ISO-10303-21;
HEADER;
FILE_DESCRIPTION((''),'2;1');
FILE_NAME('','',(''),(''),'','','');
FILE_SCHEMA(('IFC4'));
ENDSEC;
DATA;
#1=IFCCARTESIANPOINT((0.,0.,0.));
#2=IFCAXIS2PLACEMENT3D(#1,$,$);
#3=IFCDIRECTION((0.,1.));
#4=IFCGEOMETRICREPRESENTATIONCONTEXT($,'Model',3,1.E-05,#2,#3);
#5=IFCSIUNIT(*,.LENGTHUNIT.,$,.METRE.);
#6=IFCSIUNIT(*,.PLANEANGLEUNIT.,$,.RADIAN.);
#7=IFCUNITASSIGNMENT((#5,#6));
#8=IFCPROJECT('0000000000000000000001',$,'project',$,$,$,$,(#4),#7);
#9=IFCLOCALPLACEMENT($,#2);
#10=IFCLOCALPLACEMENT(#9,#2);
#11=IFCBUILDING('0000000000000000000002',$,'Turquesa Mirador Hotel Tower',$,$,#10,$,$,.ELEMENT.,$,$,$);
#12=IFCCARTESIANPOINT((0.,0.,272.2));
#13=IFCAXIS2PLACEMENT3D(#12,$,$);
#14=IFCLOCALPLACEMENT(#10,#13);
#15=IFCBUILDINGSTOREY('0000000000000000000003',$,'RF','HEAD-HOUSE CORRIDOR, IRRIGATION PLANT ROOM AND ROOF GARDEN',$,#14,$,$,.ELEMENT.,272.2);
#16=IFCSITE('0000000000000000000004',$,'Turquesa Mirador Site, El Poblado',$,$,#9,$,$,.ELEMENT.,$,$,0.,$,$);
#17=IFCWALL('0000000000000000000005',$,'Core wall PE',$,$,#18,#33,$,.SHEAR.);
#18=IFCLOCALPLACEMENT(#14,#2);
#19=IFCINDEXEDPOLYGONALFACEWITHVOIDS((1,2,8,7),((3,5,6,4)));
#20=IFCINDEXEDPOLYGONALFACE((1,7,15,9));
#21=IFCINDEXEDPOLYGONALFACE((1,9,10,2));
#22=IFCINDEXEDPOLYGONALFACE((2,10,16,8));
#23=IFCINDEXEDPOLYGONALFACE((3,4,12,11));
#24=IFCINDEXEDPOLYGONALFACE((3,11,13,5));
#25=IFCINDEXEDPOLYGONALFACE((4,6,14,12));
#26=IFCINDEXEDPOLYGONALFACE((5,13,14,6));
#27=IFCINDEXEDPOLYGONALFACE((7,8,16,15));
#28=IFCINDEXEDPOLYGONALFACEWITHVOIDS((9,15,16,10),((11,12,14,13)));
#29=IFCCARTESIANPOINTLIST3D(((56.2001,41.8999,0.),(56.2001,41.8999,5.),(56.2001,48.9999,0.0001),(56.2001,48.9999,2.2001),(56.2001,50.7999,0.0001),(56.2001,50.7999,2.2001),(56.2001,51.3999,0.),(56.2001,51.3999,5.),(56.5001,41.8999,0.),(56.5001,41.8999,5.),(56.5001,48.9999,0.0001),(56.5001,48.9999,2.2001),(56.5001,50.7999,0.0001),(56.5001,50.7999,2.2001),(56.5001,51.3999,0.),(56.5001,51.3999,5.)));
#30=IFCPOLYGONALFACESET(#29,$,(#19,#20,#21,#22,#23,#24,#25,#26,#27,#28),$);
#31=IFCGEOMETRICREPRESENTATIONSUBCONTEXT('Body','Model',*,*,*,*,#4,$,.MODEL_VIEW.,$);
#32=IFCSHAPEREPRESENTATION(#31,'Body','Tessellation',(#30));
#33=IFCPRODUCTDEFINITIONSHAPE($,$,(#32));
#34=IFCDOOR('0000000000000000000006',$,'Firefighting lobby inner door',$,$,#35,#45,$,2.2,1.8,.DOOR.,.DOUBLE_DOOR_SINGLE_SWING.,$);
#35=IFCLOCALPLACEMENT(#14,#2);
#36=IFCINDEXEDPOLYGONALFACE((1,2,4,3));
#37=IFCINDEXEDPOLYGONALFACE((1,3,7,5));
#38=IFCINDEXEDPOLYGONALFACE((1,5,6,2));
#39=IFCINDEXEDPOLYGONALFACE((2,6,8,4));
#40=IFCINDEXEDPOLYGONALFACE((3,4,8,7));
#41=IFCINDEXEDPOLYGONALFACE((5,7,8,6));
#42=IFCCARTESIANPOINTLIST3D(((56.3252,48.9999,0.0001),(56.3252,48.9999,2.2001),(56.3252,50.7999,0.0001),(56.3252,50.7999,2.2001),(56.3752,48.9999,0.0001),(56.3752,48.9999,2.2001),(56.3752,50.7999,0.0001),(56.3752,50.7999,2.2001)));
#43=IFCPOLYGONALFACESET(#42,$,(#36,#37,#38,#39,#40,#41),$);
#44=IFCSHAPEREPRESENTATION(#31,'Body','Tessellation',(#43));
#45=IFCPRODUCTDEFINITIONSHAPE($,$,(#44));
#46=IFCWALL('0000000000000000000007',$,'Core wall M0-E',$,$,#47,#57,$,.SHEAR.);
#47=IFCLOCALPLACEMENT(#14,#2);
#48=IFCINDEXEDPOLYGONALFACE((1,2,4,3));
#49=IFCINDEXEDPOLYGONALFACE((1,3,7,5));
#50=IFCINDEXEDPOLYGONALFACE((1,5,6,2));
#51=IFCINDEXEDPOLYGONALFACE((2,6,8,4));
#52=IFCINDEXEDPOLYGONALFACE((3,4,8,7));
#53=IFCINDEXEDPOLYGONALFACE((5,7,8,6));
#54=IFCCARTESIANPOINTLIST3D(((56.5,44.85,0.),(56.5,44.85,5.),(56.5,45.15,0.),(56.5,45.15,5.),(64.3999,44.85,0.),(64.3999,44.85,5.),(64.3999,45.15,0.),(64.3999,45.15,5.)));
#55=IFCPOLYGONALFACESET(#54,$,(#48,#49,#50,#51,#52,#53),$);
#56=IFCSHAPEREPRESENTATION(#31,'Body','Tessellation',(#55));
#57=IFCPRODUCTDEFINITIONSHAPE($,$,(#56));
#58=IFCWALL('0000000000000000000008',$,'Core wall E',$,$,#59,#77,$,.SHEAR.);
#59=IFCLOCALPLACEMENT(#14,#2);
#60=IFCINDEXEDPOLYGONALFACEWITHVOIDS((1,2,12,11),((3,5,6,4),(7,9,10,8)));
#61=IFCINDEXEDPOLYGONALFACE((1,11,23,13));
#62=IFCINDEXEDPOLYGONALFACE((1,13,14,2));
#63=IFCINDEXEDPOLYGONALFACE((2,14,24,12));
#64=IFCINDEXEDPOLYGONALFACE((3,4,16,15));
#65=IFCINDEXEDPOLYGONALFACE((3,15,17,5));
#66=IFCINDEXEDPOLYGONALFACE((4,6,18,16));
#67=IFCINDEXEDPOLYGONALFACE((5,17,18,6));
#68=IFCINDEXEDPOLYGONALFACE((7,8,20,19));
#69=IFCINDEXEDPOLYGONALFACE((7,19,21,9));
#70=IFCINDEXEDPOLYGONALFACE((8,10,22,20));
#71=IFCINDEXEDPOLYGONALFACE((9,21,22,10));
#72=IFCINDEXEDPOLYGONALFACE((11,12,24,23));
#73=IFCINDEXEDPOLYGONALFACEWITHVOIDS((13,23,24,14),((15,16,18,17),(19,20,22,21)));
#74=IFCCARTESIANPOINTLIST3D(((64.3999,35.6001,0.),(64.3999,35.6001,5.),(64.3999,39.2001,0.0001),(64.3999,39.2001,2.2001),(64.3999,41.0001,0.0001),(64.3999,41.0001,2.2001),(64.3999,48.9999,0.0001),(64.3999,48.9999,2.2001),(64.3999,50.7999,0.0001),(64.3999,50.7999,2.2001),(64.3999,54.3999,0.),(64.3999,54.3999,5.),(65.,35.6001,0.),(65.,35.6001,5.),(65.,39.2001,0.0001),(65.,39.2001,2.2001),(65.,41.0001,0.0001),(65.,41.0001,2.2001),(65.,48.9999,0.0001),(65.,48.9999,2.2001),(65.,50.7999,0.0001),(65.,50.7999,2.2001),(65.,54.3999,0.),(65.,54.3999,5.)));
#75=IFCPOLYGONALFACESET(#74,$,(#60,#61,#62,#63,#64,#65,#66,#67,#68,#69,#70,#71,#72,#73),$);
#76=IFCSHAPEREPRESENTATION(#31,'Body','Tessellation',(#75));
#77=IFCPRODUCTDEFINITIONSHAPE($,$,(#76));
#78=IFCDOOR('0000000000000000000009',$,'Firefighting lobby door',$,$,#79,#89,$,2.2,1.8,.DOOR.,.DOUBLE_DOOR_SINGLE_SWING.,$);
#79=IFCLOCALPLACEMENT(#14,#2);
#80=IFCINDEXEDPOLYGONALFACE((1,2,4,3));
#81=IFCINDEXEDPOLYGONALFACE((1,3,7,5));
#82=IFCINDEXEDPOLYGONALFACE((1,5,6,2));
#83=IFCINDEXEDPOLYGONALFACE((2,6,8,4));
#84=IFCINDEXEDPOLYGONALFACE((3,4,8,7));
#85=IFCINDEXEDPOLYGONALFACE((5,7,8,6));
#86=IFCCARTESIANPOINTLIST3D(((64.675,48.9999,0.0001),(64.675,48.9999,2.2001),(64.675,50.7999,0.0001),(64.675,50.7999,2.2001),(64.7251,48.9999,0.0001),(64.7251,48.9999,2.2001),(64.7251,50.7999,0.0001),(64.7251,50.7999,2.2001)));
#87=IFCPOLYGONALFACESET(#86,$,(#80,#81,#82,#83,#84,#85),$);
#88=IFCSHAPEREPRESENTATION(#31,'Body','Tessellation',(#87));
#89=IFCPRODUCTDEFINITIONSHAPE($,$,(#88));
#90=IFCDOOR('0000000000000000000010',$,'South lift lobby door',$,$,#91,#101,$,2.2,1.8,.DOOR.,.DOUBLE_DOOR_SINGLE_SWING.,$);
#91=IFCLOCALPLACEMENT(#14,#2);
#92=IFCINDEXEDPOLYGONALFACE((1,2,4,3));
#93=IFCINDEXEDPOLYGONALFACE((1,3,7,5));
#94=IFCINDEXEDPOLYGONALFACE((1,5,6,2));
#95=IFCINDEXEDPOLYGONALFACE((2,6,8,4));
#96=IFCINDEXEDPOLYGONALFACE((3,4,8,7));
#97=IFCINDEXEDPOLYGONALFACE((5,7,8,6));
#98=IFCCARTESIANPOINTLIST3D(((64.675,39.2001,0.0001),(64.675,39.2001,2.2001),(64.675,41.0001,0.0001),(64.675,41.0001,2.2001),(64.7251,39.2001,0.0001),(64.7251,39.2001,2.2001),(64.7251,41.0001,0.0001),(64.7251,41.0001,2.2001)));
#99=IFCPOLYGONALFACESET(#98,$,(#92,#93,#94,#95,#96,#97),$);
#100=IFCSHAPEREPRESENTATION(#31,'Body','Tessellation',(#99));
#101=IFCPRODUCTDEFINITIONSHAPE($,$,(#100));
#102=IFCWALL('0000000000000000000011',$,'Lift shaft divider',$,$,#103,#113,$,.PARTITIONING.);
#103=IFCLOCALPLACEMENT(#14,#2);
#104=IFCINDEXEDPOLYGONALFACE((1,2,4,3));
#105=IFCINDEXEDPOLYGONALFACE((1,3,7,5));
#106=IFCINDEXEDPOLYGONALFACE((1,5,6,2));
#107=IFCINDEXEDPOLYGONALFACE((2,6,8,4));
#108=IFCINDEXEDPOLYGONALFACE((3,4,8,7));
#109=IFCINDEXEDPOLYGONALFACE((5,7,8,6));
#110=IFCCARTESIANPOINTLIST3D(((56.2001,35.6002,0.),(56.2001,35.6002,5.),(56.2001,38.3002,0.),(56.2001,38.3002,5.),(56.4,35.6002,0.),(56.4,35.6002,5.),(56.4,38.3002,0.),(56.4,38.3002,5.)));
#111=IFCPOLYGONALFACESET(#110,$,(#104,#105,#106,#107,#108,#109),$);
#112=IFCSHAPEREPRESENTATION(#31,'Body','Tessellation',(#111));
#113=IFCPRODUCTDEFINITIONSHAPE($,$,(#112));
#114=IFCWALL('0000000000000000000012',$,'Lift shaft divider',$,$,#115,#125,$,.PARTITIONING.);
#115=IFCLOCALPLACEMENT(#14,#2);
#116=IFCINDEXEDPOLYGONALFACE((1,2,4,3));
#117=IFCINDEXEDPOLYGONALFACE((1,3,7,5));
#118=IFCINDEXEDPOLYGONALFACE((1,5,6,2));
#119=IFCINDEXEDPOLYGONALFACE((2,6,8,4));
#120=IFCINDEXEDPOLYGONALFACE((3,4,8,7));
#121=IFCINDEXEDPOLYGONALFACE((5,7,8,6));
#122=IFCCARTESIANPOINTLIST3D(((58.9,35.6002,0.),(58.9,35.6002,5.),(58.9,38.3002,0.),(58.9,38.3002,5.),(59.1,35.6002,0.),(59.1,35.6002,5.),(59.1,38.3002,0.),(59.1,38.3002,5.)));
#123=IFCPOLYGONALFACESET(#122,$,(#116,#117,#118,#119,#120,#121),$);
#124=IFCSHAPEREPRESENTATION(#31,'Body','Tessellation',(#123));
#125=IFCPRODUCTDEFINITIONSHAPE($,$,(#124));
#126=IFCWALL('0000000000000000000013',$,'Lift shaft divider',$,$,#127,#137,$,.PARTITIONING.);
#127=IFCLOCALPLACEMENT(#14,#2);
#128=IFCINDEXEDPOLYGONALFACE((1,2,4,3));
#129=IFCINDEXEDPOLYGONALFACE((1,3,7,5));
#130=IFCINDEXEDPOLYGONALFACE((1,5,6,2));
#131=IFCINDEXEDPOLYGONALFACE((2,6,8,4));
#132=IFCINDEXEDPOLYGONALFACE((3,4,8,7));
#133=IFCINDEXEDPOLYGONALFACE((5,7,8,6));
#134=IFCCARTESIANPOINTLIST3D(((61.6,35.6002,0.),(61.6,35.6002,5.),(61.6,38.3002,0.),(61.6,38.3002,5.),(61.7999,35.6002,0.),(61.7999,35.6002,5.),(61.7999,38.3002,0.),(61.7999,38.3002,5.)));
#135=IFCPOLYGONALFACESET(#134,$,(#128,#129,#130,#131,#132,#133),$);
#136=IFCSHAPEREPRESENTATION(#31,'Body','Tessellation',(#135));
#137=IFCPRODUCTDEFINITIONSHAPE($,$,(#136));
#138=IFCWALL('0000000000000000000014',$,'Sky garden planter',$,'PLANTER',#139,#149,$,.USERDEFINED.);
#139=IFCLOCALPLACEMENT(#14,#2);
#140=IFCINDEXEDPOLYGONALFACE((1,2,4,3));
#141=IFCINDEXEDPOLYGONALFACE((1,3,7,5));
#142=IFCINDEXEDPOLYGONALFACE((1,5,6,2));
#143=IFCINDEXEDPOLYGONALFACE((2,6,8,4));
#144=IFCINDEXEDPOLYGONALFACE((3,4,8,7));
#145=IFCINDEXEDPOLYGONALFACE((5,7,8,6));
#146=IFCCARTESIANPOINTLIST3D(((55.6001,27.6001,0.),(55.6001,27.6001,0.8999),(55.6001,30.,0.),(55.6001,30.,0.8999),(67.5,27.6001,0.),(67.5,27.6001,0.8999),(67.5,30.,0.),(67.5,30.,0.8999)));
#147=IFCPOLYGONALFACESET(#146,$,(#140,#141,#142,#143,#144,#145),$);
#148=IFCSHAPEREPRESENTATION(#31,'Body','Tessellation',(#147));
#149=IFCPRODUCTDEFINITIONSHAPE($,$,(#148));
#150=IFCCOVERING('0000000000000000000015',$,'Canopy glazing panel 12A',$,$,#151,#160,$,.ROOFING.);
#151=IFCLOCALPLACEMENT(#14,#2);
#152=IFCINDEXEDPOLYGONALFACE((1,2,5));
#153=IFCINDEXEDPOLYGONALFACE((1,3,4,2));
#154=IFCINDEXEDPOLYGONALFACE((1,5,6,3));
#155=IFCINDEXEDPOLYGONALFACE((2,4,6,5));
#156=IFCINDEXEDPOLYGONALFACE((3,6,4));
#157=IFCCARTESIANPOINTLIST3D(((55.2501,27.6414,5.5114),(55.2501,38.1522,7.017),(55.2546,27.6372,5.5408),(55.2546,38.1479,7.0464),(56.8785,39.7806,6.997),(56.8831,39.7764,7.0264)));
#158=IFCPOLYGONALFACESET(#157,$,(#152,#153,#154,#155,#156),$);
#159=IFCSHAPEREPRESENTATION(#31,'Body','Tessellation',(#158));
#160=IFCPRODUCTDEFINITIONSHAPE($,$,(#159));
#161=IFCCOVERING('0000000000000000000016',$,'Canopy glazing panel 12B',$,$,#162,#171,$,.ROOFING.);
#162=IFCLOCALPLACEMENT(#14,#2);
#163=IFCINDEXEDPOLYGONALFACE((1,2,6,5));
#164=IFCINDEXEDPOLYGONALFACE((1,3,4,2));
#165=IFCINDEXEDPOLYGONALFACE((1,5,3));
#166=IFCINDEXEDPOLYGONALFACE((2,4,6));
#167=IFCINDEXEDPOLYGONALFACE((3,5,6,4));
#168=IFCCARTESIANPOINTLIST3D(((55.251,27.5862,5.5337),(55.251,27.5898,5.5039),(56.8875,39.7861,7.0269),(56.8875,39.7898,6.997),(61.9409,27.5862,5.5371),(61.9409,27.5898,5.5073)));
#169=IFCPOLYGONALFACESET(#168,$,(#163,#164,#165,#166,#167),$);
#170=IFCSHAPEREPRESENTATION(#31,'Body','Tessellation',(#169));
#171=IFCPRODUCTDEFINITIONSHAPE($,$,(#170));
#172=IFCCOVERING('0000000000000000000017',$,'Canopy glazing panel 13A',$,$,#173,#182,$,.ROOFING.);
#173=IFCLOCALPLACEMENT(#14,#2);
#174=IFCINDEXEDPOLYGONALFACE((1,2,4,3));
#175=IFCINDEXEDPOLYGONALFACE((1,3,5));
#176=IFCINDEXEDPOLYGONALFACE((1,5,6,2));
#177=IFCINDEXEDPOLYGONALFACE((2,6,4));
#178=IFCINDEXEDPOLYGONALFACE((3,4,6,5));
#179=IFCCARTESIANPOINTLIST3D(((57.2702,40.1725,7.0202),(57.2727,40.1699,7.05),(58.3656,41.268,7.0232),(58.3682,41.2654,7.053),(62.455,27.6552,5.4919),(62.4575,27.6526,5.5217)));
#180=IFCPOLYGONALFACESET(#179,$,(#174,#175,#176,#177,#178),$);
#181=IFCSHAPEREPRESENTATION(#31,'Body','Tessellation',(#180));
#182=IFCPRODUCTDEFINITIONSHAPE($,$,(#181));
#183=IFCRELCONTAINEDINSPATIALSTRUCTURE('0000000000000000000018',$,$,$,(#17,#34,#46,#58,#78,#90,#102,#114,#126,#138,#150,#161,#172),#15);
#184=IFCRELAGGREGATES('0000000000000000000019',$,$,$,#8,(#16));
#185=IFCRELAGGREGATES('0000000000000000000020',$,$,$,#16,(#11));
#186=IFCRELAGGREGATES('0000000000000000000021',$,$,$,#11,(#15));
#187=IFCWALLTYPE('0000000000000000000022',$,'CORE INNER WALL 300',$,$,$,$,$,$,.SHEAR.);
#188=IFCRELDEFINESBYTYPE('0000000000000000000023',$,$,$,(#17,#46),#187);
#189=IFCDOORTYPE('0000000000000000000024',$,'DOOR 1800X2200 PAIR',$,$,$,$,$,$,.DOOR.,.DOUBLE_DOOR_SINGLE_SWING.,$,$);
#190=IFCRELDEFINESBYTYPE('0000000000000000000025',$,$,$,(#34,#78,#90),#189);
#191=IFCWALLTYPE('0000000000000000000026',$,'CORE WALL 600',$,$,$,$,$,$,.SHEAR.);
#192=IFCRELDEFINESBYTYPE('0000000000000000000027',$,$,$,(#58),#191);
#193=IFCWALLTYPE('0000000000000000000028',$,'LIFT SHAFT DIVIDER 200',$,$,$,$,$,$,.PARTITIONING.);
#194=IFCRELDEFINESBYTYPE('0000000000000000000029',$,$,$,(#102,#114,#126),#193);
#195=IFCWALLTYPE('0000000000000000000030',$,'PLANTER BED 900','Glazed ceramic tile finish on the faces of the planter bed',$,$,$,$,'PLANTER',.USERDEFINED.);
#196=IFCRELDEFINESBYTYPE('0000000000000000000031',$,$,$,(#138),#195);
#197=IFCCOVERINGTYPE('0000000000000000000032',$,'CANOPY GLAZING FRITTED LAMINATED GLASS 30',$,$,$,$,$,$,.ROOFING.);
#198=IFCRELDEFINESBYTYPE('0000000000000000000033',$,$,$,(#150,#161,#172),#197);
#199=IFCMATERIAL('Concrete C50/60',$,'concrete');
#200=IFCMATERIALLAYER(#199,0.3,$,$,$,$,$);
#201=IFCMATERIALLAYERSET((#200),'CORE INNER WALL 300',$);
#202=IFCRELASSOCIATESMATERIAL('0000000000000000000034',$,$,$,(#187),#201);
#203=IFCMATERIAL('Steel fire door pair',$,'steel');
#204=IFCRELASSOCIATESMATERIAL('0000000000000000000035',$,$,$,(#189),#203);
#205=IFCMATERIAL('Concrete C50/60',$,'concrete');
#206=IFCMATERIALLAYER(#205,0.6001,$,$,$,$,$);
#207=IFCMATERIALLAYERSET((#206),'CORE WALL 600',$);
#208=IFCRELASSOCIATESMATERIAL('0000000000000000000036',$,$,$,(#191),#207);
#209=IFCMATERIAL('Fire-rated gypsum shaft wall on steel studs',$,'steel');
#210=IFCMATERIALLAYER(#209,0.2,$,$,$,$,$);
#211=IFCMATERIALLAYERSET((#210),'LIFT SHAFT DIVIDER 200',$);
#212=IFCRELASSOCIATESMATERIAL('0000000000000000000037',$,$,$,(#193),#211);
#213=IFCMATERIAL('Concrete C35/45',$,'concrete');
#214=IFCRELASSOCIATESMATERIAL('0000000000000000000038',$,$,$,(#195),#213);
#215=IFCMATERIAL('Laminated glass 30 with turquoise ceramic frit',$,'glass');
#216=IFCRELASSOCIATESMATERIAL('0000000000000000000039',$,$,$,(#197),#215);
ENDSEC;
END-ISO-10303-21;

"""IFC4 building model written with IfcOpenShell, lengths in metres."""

from ifc_helpers import new_model, si_unit, direction, frame, frame_2d, origin, origin_2d, place, context, subcontext, project, spatial, polyline, rectangle, outline, extrude, material, layer, layer_set, type_object, element, fill, save


model = new_model("IFC4")

# Units and contexts
model_context = context("Model", 3, precision=1e-05, world=origin(), true_north=direction((0.0, 1.0)))
body_context = subcontext(model_context, "Body", "Model", "MODEL_VIEW")
ifc_project = project(units=[si_unit("LENGTHUNIT", "METRE"), si_unit("PLANEANGLEUNIT", "RADIAN")], contexts=[model_context])

# Site, building, storey
site_placement = place(None, origin())
site = spatial("IfcSite", under=ifc_project, at=site_placement, Name="Turquesa Mirador Site, El Poblado", CompositionType="ELEMENT", RefElevation=0.0)
building_placement = place(site_placement, origin())
building = spatial("IfcBuilding", under=site, at=building_placement, Name="Turquesa Mirador Hotel Tower", CompositionType="ELEMENT")
storey_placement = place(building_placement, frame((0.0, 0.0, 272.2)))
storey = spatial("IfcBuildingStorey", under=building, at=storey_placement, Name="RF", Description="HEAD-HOUSE CORRIDOR, IRRIGATION PLANT ROOM AND ROOF GARDEN", CompositionType="ELEMENT", Elevation=272.2)

# Wall, opening, door
ifc_material_1 = material(Name="Concrete C50/60", Category="concrete")
ifc_layer_1 = layer(ifc_material_1, 0.3)
ifc_layer_set_1 = layer_set([ifc_layer_1], Name="CORE INNER WALL 300")
wall_type_1 = type_object("IfcWallType", Name="CORE INNER WALL 300", PredefinedType="SHEAR", material=ifc_layer_set_1)
wall_1_placement = place(storey_placement, frame((56.3501, 41.8999, 0.0), z_axis=(0.0, 0.0, 1.0), x_axis=(0.0, 1.0, 0.0)))
wall_1 = element("IfcWall", 1, at=wall_1_placement, inside=storey, type_object=wall_type_1, Name="Core wall PE", PredefinedType="SHEAR", context=body_context, shape_type="SweptSolid", body=[
    extrude(rectangle(XDim=9.5, YDim=0.3, at=frame_2d((4.75, 0.0))), origin(), (0.0, 0.0, 1.0), 5.0),
])
opening_1_placement = place(wall_1_placement, frame((7.1001, 0.0, 0.0)))
opening_1 = element("IfcOpeningElement", 2, at=opening_1_placement, cuts=wall_1, PredefinedType="OPENING", context=body_context, shape_type="SweptSolid", body=[
    extrude(rectangle(XDim=1.8, YDim=2.2, at=frame_2d((0.8999, 1.1001))), frame((0.0, 0.1599, 0.0), z_axis=(0.0, -1.0, 0.0), x_axis=(1.0, 0.0, 0.0)), (0.0, 0.0, 1.0), 0.3201),
])
ifc_material_2 = material(Name="Steel fire door pair", Category="steel")
door_type_1 = type_object("IfcDoorType", Name="DOOR 1800X2200 PAIR", OperationType="DOUBLE_DOOR_SINGLE_SWING", PredefinedType="DOOR", material=ifc_material_2)
door_1_placement = place(opening_1_placement, origin())
door_1 = element("IfcDoor", 3, at=door_1_placement, inside=storey, type_object=door_type_1, Name="Firefighting lobby inner door", OperationType="DOUBLE_DOOR_SINGLE_SWING", OverallHeight=2.2, OverallWidth=1.8, PredefinedType="DOOR", context=body_context, shape_type="SweptSolid", body=[
    extrude(rectangle(XDim=1.8, YDim=2.2, at=frame_2d((0.8999, 1.1001))), frame((0.0, 0.0249, 0.0), z_axis=(0.0, -1.0, 0.0), x_axis=(1.0, 0.0, 0.0)), (0.0, 0.0, 1.0), 0.05),
])
fill(opening_1, door_1)

# Wall
wall_2_placement = place(storey_placement, frame((56.5, 45.0, 0.0), z_axis=(0.0, 0.0, 1.0), x_axis=(1.0, 0.0, 0.0)))
element("IfcWall", 4, at=wall_2_placement, inside=storey, type_object=wall_type_1, Name="Core wall M0-E", PredefinedType="SHEAR", context=body_context, shape_type="SweptSolid", body=[
    extrude(rectangle(XDim=7.8999, YDim=0.3, at=frame_2d((3.95, 0.0))), origin(), (0.0, 0.0, 1.0), 5.0),
])

# Wall, openings, doors
ifc_material_3 = material(Name="Concrete C50/60", Category="concrete")
ifc_layer_2 = layer(ifc_material_3, 0.6001)
ifc_layer_set_2 = layer_set([ifc_layer_2], Name="CORE WALL 600")
wall_type_2 = type_object("IfcWallType", Name="CORE WALL 600", PredefinedType="SHEAR", material=ifc_layer_set_2)
wall_3_placement = place(storey_placement, frame((64.7, 35.6001, 0.0), z_axis=(0.0, 0.0, 1.0), x_axis=(0.0, 1.0, 0.0)))
wall_3 = element("IfcWall", 5, at=wall_3_placement, inside=storey, type_object=wall_type_2, Name="Core wall E", PredefinedType="SHEAR", context=body_context, shape_type="SweptSolid", body=[
    extrude(rectangle(XDim=18.7998, YDim=0.6001, at=frame_2d((9.3999, 0.0))), origin(), (0.0, 0.0, 1.0), 5.0),
])
opening_2_placement = place(wall_3_placement, frame((13.3999, 0.0, 0.0)))
opening_2 = element("IfcOpeningElement", 6, at=opening_2_placement, cuts=wall_3, PredefinedType="OPENING", context=body_context, shape_type="SweptSolid", body=[
    extrude(rectangle(XDim=1.8, YDim=2.2, at=frame_2d((0.8999, 1.1001))), frame((0.0, 0.3101, 0.0), z_axis=(0.0, -1.0, 0.0), x_axis=(1.0, 0.0, 0.0)), (0.0, 0.0, 1.0), 0.6201),
])
opening_3_placement = place(wall_3_placement, frame((3.6001, 0.0, 0.0)))
opening_3 = element("IfcOpeningElement", 7, at=opening_3_placement, cuts=wall_3, PredefinedType="OPENING", context=body_context, shape_type="SweptSolid", body=[
    extrude(rectangle(XDim=1.8, YDim=2.2, at=frame_2d((0.8999, 1.1001))), frame((0.0, 0.3101, 0.0), z_axis=(0.0, -1.0, 0.0), x_axis=(1.0, 0.0, 0.0)), (0.0, 0.0, 1.0), 0.6201),
])
door_2_placement = place(opening_2_placement, origin())
door_2 = element("IfcDoor", 8, at=door_2_placement, inside=storey, type_object=door_type_1, Name="Firefighting lobby door", OperationType="DOUBLE_DOOR_SINGLE_SWING", OverallHeight=2.2, OverallWidth=1.8, PredefinedType="DOOR", context=body_context, shape_type="SweptSolid", body=[
    extrude(rectangle(XDim=1.8, YDim=2.2, at=frame_2d((0.8999, 1.1001))), frame((0.0, 0.0249, 0.0), z_axis=(0.0, -1.0, 0.0), x_axis=(1.0, 0.0, 0.0)), (0.0, 0.0, 1.0), 0.05),
])
fill(opening_2, door_2)
door_3_placement = place(opening_3_placement, origin())
door_3 = element("IfcDoor", 9, at=door_3_placement, inside=storey, type_object=door_type_1, Name="South lift lobby door", OperationType="DOUBLE_DOOR_SINGLE_SWING", OverallHeight=2.2, OverallWidth=1.8, PredefinedType="DOOR", context=body_context, shape_type="SweptSolid", body=[
    extrude(rectangle(XDim=1.8, YDim=2.2, at=frame_2d((0.8999, 1.1001))), frame((0.0, 0.0249, 0.0), z_axis=(0.0, -1.0, 0.0), x_axis=(1.0, 0.0, 0.0)), (0.0, 0.0, 1.0), 0.05),
])
fill(opening_3, door_3)

# Walls
ifc_material_4 = material(Name="Fire-rated gypsum shaft wall on steel studs", Category="steel")
ifc_layer_3 = layer(ifc_material_4, 0.2)
ifc_layer_set_3 = layer_set([ifc_layer_3], Name="LIFT SHAFT DIVIDER 200")
wall_type_3 = type_object("IfcWallType", Name="LIFT SHAFT DIVIDER 200", PredefinedType="PARTITIONING", material=ifc_layer_set_3)
for number, where, z_axis, x_axis, name in (
    (10, (56.3, 35.6001, 0.0), (0.0, 0.0, 1.0), (0.0, 1.0, 0.0), "Lift shaft divider"),
    (11, (59.0, 35.6001, 0.0), (0.0, 0.0, 1.0), (0.0, 1.0, 0.0), "Lift shaft divider"),
    (12, (61.7, 35.6001, 0.0), (0.0, 0.0, 1.0), (0.0, 1.0, 0.0), "Lift shaft divider"),
):
    element("IfcWall", number, at=place(storey_placement, frame(where, z_axis=z_axis, x_axis=x_axis)), inside=storey, type_object=wall_type_3, Name=name, PredefinedType="PARTITIONING", context=body_context, shape_type="SweptSolid", body=[
        extrude(rectangle(XDim=2.7, YDim=0.2, at=frame_2d((1.3501, 0.0))), origin(), (0.0, 0.0, 1.0), 5.0),
    ])
ifc_material_5 = material(Name="Concrete C35/45", Category="concrete")
wall_type_4 = type_object("IfcWallType", Name="PLANTER BED 900", Description="Glazed ceramic tile finish on the faces of the planter bed", ElementType="PLANTER", PredefinedType="USERDEFINED", material=ifc_material_5)
wall_4_placement = place(storey_placement, frame((61.55, 28.8, 0.0), z_axis=(0.0, 0.0, 1.0), x_axis=(1.0, 0.0, 0.0)))
element("IfcWall", 13, at=wall_4_placement, inside=storey, type_object=wall_type_4, Name="Sky garden planter", ObjectType="PLANTER", PredefinedType="USERDEFINED", context=body_context, shape_type="SweptSolid", body=[
    extrude(rectangle(XDim=11.8999, YDim=2.3999, at=origin_2d()), origin(), (0.0, 0.0, 1.0), 0.8999),
])

# Coverings
ifc_material_6 = material(Name="Laminated glass 30 with turquoise ceramic frit", Category="glass")
covering_type_1 = type_object("IfcCoveringType", Name="CANOPY GLAZING FRITTED LAMINATED GLASS 30", PredefinedType="ROOFING", material=ifc_material_6)
covering_1_placement = place(storey_placement, frame((55.2546, 27.6372, 5.5408), z_axis=(0.152174, -0.140147, 0.978367), x_axis=(0.0, 0.989896, 0.141798)))
element("IfcCovering", 14, at=covering_1_placement, inside=storey, type_object=covering_type_1, Name="Canopy glazing panel 12A", PredefinedType="ROOFING", context=body_context, shape_type="SweptSolid", body=[
    extrude(outline(polyline([(0.0, 0.0), (10.618, 0.0), (12.2272, -1.6476), (0.0, 0.0)])), origin(), (0.0, 0.0, -1.0), 0.03),
])
covering_2_placement = place(storey_placement, frame((55.251, 27.5862, 5.5337), z_axis=(-0.000507, -0.121417, 0.992601), x_axis=(0.13198, 0.983911, 0.120422)))
element("IfcCovering", 15, at=covering_2_placement, inside=storey, type_object=covering_type_1, Name="Canopy glazing panel 12B", PredefinedType="ROOFING", context=body_context, shape_type="SweptSolid", body=[
    extrude(outline(polyline([(0.0, 0.0), (12.3995, 0.0), (0.8833, -6.6314), (0.0, 0.0)])), origin(), (0.0, 0.0, -1.0), 0.03),
])
covering_3_placement = place(storey_placement, frame((62.4575, 27.6526, 5.5217), z_axis=(0.083829, -0.086484, 0.99272), x_axis=(-0.38027, 0.918058, 0.112092)))
element("IfcCovering", 16, at=covering_3_placement, inside=storey, type_object=covering_type_1, Name="Canopy glazing panel 13A", PredefinedType="ROOFING", context=body_context, shape_type="SweptSolid", body=[
    extrude(outline(polyline([(0.0, 0.0), (13.6346, 0.0), (14.224, -1.4327), (0.0, 0.0)])), origin(), (0.0, 0.0, -1.0), 0.03),
])

save(model, "model.ifc")
